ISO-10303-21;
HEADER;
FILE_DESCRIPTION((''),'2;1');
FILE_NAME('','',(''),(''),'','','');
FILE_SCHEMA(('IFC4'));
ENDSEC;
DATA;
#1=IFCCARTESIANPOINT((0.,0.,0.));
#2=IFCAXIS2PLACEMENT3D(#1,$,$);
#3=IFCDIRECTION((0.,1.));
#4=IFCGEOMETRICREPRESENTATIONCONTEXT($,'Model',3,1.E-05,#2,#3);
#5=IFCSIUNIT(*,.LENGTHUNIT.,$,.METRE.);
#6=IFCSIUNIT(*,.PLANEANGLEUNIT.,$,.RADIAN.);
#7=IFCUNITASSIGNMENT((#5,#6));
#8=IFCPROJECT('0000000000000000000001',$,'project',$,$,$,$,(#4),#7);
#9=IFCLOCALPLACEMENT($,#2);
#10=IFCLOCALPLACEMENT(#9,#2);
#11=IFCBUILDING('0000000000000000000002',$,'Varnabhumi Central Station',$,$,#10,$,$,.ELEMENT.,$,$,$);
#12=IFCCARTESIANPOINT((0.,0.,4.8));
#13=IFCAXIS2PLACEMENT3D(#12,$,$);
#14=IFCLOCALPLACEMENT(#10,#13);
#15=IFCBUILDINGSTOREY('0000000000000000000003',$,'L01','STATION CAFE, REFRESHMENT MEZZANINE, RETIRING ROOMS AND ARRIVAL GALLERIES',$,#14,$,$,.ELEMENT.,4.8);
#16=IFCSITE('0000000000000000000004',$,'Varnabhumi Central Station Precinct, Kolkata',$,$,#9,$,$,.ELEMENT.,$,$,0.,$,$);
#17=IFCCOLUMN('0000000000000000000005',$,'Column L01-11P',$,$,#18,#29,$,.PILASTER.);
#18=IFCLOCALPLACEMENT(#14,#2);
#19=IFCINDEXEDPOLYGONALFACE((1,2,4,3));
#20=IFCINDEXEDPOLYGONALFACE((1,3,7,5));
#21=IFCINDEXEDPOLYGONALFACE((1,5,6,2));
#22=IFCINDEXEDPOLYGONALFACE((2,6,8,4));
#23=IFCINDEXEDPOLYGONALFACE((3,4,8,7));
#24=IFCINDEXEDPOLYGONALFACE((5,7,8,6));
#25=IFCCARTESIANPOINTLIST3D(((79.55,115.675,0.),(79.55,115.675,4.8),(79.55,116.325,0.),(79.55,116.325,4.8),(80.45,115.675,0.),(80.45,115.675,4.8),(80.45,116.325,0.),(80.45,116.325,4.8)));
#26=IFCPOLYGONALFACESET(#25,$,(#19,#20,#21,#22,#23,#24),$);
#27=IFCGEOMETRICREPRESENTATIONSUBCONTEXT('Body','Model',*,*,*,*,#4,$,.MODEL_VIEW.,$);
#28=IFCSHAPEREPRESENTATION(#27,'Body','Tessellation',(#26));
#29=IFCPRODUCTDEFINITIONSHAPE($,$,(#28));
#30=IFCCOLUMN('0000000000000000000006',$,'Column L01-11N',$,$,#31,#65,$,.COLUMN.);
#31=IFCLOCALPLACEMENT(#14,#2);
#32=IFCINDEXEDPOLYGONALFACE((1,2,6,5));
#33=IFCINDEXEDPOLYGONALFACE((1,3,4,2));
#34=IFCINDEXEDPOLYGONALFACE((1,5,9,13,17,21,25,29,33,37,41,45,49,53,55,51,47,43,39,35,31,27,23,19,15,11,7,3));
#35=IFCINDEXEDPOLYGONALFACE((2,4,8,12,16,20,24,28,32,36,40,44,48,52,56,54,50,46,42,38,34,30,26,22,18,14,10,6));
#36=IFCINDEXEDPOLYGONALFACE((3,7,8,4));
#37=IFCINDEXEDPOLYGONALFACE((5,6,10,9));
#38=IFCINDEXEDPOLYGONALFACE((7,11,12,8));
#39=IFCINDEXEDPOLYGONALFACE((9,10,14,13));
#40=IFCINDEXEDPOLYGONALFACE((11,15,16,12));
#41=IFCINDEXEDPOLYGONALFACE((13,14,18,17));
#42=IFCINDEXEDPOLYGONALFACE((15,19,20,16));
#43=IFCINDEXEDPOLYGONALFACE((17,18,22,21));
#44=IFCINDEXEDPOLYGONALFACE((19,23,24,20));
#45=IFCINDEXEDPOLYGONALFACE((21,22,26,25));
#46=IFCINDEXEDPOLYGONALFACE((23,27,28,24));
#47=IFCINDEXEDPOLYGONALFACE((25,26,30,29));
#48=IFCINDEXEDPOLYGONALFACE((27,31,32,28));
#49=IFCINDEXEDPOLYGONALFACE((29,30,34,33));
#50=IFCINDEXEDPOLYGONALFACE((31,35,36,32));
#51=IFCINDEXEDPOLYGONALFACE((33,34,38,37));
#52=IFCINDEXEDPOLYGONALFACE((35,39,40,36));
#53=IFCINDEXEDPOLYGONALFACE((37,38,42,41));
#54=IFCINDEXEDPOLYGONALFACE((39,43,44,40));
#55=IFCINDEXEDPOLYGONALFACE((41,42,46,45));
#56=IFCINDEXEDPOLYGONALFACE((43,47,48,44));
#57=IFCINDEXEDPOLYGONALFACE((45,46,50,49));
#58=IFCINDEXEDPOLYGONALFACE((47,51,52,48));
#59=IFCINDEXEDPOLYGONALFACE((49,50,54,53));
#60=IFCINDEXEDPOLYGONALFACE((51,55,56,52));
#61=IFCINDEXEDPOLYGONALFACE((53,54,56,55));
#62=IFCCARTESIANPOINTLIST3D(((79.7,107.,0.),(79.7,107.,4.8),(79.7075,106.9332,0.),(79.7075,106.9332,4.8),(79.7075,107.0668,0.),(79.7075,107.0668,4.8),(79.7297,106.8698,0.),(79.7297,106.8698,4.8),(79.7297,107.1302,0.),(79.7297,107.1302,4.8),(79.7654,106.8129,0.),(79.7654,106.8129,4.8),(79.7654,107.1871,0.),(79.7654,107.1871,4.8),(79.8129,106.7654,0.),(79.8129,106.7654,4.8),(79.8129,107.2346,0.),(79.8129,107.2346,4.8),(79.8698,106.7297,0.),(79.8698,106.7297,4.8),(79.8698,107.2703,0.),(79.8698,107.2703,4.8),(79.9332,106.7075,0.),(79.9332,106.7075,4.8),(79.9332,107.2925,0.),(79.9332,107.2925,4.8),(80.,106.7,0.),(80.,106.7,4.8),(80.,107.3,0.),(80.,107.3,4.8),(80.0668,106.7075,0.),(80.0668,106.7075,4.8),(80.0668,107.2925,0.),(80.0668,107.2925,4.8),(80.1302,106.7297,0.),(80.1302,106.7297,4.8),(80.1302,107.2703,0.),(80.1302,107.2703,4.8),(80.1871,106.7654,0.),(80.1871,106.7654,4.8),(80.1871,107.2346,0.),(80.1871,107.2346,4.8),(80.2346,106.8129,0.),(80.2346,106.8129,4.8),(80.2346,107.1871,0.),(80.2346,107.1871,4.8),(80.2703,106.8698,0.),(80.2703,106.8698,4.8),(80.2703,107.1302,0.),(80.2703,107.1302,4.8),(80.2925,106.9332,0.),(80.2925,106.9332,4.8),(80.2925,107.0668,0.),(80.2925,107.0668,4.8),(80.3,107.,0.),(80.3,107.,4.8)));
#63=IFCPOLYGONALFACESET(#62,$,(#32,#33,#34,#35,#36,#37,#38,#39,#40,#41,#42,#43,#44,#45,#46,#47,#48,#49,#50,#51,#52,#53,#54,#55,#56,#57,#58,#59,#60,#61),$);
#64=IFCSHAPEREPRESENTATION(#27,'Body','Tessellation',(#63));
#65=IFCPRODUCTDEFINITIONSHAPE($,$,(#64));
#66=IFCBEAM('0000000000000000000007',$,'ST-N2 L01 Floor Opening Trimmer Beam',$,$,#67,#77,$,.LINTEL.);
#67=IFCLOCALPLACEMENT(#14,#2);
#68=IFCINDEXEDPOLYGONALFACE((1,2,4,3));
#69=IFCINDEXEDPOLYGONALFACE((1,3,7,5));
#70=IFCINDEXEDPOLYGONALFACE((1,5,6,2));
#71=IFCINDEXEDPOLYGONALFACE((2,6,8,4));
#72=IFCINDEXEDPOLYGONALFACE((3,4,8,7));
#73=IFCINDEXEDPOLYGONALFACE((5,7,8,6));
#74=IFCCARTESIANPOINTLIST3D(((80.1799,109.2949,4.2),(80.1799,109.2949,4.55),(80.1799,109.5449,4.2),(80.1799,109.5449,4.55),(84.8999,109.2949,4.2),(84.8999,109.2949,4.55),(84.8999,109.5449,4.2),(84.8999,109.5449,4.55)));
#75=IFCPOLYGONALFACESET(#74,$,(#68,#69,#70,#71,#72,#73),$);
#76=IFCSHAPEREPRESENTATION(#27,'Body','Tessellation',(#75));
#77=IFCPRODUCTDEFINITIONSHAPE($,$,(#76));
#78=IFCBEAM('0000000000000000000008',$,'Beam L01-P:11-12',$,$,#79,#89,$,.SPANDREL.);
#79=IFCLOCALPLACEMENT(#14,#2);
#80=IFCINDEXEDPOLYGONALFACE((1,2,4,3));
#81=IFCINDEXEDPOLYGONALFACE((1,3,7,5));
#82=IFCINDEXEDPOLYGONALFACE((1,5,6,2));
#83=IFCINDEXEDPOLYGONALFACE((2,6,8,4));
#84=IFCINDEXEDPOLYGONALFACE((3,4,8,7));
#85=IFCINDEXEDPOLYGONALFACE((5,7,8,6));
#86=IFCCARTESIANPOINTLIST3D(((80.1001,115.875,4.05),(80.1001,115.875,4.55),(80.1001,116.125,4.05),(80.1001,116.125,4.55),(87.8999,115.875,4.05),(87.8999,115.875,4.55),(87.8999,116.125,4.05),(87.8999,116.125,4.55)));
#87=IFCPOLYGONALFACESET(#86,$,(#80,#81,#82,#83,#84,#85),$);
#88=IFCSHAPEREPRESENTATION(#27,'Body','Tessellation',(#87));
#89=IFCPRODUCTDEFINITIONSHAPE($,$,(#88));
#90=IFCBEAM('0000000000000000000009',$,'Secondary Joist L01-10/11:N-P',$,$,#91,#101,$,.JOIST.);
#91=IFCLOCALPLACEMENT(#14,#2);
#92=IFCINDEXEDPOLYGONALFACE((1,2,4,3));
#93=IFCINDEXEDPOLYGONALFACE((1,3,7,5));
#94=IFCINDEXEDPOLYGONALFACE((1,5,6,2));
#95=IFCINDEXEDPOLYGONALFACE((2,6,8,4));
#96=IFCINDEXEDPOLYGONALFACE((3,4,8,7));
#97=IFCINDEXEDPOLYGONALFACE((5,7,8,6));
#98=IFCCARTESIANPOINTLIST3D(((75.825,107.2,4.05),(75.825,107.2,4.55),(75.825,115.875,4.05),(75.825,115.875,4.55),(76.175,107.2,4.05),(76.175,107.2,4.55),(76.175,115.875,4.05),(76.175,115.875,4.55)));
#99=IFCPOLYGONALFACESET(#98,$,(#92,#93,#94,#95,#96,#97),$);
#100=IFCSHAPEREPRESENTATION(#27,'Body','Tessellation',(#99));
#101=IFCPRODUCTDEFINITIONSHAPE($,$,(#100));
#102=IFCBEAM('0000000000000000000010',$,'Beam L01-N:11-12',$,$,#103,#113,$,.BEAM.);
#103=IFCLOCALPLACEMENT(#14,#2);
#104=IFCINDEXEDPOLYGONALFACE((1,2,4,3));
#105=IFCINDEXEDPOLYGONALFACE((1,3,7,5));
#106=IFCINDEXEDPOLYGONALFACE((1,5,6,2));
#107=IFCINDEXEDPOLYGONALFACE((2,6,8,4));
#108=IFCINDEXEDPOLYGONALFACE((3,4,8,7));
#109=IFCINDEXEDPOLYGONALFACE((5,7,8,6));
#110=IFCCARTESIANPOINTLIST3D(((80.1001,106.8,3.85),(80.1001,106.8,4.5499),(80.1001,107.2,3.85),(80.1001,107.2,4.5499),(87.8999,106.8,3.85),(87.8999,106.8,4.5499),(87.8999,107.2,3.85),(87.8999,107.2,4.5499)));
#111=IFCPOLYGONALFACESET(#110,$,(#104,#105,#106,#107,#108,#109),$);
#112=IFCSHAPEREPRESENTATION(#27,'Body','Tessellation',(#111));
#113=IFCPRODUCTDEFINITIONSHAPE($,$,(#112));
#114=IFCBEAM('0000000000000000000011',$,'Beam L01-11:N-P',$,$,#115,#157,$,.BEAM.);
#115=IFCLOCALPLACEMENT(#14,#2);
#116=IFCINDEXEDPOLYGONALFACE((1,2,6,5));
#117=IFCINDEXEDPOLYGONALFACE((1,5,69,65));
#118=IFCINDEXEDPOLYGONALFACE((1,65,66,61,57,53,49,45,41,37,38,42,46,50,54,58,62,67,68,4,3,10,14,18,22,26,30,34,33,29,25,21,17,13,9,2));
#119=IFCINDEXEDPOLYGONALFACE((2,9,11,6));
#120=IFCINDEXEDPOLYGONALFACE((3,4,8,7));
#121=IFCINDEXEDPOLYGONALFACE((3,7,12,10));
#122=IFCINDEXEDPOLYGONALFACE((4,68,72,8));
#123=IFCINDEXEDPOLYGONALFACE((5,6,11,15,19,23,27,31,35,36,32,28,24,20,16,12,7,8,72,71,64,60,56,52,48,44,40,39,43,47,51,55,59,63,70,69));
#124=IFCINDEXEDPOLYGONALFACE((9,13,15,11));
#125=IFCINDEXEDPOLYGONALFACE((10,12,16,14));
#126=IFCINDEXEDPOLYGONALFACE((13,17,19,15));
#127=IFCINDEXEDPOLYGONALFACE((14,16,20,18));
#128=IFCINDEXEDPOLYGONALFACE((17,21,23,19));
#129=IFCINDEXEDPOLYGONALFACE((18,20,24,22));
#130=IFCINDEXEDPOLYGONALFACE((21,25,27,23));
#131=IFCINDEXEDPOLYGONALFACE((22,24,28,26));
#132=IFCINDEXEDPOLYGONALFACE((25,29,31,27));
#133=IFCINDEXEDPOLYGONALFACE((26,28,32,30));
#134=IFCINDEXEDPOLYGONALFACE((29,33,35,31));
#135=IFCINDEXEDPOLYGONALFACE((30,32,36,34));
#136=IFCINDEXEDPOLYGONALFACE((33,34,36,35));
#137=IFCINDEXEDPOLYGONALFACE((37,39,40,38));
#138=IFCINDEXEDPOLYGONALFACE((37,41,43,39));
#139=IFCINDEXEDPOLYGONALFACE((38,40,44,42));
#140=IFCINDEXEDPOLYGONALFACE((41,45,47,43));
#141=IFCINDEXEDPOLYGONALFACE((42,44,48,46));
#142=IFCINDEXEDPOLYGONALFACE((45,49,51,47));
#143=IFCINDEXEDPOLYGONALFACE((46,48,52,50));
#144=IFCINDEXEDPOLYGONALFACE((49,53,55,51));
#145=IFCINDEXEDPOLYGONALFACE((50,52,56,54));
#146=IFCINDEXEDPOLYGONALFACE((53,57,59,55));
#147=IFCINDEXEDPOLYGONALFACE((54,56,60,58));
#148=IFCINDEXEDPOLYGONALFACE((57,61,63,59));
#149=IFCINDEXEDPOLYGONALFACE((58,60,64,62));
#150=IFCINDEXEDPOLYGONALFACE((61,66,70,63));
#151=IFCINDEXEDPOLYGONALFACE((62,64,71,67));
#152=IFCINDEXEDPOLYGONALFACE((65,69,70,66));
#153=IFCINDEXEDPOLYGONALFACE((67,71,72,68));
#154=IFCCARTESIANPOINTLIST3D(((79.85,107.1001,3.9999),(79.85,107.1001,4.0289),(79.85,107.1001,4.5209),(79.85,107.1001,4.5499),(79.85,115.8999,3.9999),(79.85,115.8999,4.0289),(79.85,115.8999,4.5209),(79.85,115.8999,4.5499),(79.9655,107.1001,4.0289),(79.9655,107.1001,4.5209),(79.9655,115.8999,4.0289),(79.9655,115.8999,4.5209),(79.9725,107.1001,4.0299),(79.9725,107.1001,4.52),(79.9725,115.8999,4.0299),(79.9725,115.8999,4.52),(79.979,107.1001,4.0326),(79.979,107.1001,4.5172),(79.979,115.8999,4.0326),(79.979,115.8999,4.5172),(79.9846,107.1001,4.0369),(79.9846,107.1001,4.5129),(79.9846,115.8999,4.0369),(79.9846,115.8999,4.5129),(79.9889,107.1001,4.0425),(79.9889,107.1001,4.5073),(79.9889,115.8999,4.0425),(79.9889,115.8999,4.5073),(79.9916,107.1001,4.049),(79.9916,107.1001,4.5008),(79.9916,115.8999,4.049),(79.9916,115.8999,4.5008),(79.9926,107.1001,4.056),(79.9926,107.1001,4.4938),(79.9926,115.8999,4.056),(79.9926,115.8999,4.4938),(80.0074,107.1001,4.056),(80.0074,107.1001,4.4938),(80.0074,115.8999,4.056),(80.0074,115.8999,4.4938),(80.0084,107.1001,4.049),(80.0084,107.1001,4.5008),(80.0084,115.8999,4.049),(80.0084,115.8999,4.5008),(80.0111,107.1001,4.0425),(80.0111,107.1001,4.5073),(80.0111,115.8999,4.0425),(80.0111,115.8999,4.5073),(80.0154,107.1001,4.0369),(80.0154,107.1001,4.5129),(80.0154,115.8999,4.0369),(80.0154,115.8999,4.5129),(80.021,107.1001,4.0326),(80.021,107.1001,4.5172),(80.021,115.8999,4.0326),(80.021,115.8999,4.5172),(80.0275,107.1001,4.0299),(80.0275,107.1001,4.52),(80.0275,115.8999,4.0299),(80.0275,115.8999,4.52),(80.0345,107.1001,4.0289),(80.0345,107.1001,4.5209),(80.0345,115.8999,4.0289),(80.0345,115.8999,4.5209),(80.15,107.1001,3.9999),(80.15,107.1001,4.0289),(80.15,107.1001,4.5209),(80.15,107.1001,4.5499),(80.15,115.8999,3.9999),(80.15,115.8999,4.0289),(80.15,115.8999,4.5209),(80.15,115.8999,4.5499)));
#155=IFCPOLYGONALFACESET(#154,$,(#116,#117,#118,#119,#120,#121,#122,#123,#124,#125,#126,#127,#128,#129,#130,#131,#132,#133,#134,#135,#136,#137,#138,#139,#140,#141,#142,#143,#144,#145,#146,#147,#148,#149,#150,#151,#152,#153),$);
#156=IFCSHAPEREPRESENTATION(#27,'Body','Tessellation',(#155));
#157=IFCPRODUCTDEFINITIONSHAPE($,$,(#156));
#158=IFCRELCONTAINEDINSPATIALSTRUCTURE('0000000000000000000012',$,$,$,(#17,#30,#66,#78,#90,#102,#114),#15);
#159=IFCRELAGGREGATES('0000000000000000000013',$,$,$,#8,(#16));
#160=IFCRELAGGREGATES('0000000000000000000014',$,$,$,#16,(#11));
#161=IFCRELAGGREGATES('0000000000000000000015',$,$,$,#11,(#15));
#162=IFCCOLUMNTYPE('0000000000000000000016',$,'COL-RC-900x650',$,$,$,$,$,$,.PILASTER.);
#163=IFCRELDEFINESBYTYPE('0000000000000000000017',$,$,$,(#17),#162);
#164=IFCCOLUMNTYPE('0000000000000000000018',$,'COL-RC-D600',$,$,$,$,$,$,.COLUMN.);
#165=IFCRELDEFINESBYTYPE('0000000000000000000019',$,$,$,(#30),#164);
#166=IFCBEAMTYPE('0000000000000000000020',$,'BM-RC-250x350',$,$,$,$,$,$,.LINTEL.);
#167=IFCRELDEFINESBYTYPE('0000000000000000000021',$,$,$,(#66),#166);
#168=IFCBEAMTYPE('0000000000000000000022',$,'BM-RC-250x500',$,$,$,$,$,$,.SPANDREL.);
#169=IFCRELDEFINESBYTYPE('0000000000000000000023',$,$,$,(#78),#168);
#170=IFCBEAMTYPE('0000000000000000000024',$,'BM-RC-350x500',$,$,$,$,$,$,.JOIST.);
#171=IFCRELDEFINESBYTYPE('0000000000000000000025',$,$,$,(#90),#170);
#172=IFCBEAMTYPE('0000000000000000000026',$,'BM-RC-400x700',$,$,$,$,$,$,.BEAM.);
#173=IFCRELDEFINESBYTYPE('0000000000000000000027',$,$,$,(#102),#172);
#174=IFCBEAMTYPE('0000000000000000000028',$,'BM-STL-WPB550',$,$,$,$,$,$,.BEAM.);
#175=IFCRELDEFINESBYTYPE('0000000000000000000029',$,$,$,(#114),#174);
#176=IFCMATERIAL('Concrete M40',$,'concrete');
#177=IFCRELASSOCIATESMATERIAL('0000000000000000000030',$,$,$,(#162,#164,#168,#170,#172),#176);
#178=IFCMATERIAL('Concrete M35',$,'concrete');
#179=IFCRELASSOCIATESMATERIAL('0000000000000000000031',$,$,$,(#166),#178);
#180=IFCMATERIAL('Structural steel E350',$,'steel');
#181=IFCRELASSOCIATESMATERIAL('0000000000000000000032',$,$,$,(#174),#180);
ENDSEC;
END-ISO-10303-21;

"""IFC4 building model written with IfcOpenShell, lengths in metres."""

from ifc_helpers import new_model, si_unit, direction, frame, origin, origin_2d, place, context, subcontext, project, spatial, rectangle, circle, i_section, extrude, material, material_profile, profile_set, type_object, element, save


model = new_model("IFC4")

# Units and contexts
model_context = context("Model", 3, precision=1e-05, world=origin(), true_north=direction((0.0, 1.0)))
body_context = subcontext(model_context, "Body", "Model", "MODEL_VIEW")
ifc_project = project(units=[si_unit("LENGTHUNIT", "METRE"), si_unit("PLANEANGLEUNIT", "RADIAN")], contexts=[model_context])

# Site, building, storey
site_placement = place(None, origin())
site = spatial("IfcSite", under=ifc_project, at=site_placement, Name="Varnabhumi Central Station Precinct, Kolkata", CompositionType="ELEMENT", RefElevation=0.0)
building_placement = place(site_placement, origin())
building = spatial("IfcBuilding", under=site, at=building_placement, Name="Varnabhumi Central Station", CompositionType="ELEMENT")
storey_placement = place(building_placement, frame((0.0, 0.0, 4.8)))
storey = spatial("IfcBuildingStorey", under=building, at=storey_placement, Name="L01", Description="STATION CAFE, REFRESHMENT MEZZANINE, RETIRING ROOMS AND ARRIVAL GALLERIES", CompositionType="ELEMENT", Elevation=4.8)

# Columns
ifc_material_1 = material(Name="Concrete M40", Category="concrete")
ifc_material_profile_1 = material_profile(ifc_material_1, rectangle(XDim=0.8999, YDim=0.6499, at=origin_2d()), Name="Concrete M40", Category="concrete")
ifc_profile_set_1 = profile_set([ifc_material_profile_1], Name="Concrete M40")
column_type_1 = type_object("IfcColumnType", Name="COL-RC-900x650", PredefinedType="PILASTER", material=ifc_profile_set_1)
column_1_placement = place(storey_placement, frame((80.0, 116.0, 0.0), z_axis=(0.0, 0.0, 1.0), x_axis=(1.0, 0.0, 0.0)))
element("IfcColumn", 1, at=column_1_placement, inside=storey, type_object=column_type_1, Name="Column L01-11P", PredefinedType="PILASTER", context=body_context, shape_type="SweptSolid", body=[
    extrude(rectangle(XDim=0.8999, YDim=0.6499, at=origin_2d()), origin(), (0.0, 0.0, 1.0), 4.8),
])
ifc_material_profile_2 = material_profile(ifc_material_1, circle(Radius=0.3, at=origin_2d()), Name="Concrete M40", Category="concrete")
ifc_profile_set_2 = profile_set([ifc_material_profile_2], Name="Concrete M40")
column_type_2 = type_object("IfcColumnType", Name="COL-RC-D600", PredefinedType="COLUMN", material=ifc_profile_set_2)
column_2_placement = place(storey_placement, frame((80.0, 107.0, 0.0), z_axis=(0.0, 0.0, 1.0), x_axis=(1.0, 0.0, 0.0)))
element("IfcColumn", 2, at=column_2_placement, inside=storey, type_object=column_type_2, Name="Column L01-11N", PredefinedType="COLUMN", context=body_context, shape_type="SweptSolid", body=[
    extrude(circle(Radius=0.3, at=origin_2d()), origin(), (0.0, 0.0, 1.0), 4.8),
])

# Beams
ifc_material_2 = material(Name="Concrete M35", Category="concrete")
ifc_material_profile_3 = material_profile(ifc_material_2, rectangle(XDim=0.25, YDim=0.3501, at=origin_2d()), Name="Concrete M35", Category="concrete")
ifc_profile_set_3 = profile_set([ifc_material_profile_3], Name="Concrete M35")
beam_type_1 = type_object("IfcBeamType", Name="BM-RC-250x350", PredefinedType="LINTEL", material=ifc_profile_set_3)
beam_1_placement = place(storey_placement, frame((80.1799, 109.4199, 4.375), z_axis=(1.0, 0.0, 0.0), x_axis=(0.0, 1.0, 0.0)))
element("IfcBeam", 3, at=beam_1_placement, inside=storey, type_object=beam_type_1, Name="ST-N2 L01 Floor Opening Trimmer Beam", PredefinedType="LINTEL", context=body_context, shape_type="SweptSolid", body=[
    extrude(rectangle(XDim=0.25, YDim=0.3501, at=origin_2d()), origin(), (0.0, 0.0, 1.0), 4.72),
])
ifc_material_profile_4 = material_profile(ifc_material_1, rectangle(XDim=0.25, YDim=0.5, at=origin_2d()), Name="Concrete M40", Category="concrete")
ifc_profile_set_4 = profile_set([ifc_material_profile_4], Name="Concrete M40")
beam_type_2 = type_object("IfcBeamType", Name="BM-RC-250x500", PredefinedType="SPANDREL", material=ifc_profile_set_4)
beam_2_placement = place(storey_placement, frame((80.1001, 116.0, 4.3), z_axis=(1.0, 0.0, 0.0), x_axis=(0.0, 1.0, 0.0)))
element("IfcBeam", 4, at=beam_2_placement, inside=storey, type_object=beam_type_2, Name="Beam L01-P:11-12", PredefinedType="SPANDREL", context=body_context, shape_type="SweptSolid", body=[
    extrude(rectangle(XDim=0.25, YDim=0.5, at=origin_2d()), origin(), (0.0, 0.0, 1.0), 7.7998),
])
ifc_material_profile_5 = material_profile(ifc_material_1, rectangle(XDim=0.3501, YDim=0.5, at=origin_2d()), Name="Concrete M40", Category="concrete")
ifc_profile_set_5 = profile_set([ifc_material_profile_5], Name="Concrete M40")
beam_type_3 = type_object("IfcBeamType", Name="BM-RC-350x500", PredefinedType="JOIST", material=ifc_profile_set_5)
beam_3_placement = place(storey_placement, frame((76.0, 107.2, 4.3), z_axis=(0.0, 1.0, 0.0), x_axis=(-1.0, 0.0, 0.0)))
element("IfcBeam", 5, at=beam_3_placement, inside=storey, type_object=beam_type_3, Name="Secondary Joist L01-10/11:N-P", PredefinedType="JOIST", context=body_context, shape_type="SweptSolid", body=[
    extrude(rectangle(XDim=0.3501, YDim=0.5, at=origin_2d()), origin(), (0.0, 0.0, 1.0), 8.675),
])
ifc_material_profile_6 = material_profile(ifc_material_1, rectangle(XDim=0.3999, YDim=0.7, at=origin_2d()), Name="Concrete M40", Category="concrete")
ifc_profile_set_6 = profile_set([ifc_material_profile_6], Name="Concrete M40")
beam_type_4 = type_object("IfcBeamType", Name="BM-RC-400x700", PredefinedType="BEAM", material=ifc_profile_set_6)
beam_4_placement = place(storey_placement, frame((80.1001, 107.0, 4.2), z_axis=(1.0, 0.0, 0.0), x_axis=(0.0, 1.0, 0.0)))
element("IfcBeam", 6, at=beam_4_placement, inside=storey, type_object=beam_type_4, Name="Beam L01-N:11-12", PredefinedType="BEAM", context=body_context, shape_type="SweptSolid", body=[
    extrude(rectangle(XDim=0.3999, YDim=0.7, at=origin_2d()), origin(), (0.0, 0.0, 1.0), 7.7998),
])
ifc_material_3 = material(Name="Structural steel E350", Category="steel")
ifc_material_profile_7 = material_profile(ifc_material_3, i_section(OverallWidth=0.3, OverallDepth=0.55, WebThickness=0.0149, FlangeThickness=0.0291, FilletRadius=0.0271, at=origin_2d()), Name="Structural steel E350", Category="steel")
ifc_profile_set_7 = profile_set([ifc_material_profile_7], Name="Structural steel E350")
beam_type_5 = type_object("IfcBeamType", Name="BM-STL-WPB550", PredefinedType="BEAM", material=ifc_profile_set_7)
beam_5_placement = place(storey_placement, frame((80.0, 107.1001, 4.2749), z_axis=(0.0, 1.0, 0.0), x_axis=(-1.0, 0.0, 0.0)))
element("IfcBeam", 7, at=beam_5_placement, inside=storey, type_object=beam_type_5, Name="Beam L01-11:N-P", PredefinedType="BEAM", context=body_context, shape_type="SweptSolid", body=[
    extrude(i_section(OverallWidth=0.3, OverallDepth=0.55, WebThickness=0.0149, FlangeThickness=0.0291, FilletRadius=0.0271, at=origin_2d()), origin(), (0.0, 0.0, 1.0), 8.7998),
])

save(model, "model.ifc")
